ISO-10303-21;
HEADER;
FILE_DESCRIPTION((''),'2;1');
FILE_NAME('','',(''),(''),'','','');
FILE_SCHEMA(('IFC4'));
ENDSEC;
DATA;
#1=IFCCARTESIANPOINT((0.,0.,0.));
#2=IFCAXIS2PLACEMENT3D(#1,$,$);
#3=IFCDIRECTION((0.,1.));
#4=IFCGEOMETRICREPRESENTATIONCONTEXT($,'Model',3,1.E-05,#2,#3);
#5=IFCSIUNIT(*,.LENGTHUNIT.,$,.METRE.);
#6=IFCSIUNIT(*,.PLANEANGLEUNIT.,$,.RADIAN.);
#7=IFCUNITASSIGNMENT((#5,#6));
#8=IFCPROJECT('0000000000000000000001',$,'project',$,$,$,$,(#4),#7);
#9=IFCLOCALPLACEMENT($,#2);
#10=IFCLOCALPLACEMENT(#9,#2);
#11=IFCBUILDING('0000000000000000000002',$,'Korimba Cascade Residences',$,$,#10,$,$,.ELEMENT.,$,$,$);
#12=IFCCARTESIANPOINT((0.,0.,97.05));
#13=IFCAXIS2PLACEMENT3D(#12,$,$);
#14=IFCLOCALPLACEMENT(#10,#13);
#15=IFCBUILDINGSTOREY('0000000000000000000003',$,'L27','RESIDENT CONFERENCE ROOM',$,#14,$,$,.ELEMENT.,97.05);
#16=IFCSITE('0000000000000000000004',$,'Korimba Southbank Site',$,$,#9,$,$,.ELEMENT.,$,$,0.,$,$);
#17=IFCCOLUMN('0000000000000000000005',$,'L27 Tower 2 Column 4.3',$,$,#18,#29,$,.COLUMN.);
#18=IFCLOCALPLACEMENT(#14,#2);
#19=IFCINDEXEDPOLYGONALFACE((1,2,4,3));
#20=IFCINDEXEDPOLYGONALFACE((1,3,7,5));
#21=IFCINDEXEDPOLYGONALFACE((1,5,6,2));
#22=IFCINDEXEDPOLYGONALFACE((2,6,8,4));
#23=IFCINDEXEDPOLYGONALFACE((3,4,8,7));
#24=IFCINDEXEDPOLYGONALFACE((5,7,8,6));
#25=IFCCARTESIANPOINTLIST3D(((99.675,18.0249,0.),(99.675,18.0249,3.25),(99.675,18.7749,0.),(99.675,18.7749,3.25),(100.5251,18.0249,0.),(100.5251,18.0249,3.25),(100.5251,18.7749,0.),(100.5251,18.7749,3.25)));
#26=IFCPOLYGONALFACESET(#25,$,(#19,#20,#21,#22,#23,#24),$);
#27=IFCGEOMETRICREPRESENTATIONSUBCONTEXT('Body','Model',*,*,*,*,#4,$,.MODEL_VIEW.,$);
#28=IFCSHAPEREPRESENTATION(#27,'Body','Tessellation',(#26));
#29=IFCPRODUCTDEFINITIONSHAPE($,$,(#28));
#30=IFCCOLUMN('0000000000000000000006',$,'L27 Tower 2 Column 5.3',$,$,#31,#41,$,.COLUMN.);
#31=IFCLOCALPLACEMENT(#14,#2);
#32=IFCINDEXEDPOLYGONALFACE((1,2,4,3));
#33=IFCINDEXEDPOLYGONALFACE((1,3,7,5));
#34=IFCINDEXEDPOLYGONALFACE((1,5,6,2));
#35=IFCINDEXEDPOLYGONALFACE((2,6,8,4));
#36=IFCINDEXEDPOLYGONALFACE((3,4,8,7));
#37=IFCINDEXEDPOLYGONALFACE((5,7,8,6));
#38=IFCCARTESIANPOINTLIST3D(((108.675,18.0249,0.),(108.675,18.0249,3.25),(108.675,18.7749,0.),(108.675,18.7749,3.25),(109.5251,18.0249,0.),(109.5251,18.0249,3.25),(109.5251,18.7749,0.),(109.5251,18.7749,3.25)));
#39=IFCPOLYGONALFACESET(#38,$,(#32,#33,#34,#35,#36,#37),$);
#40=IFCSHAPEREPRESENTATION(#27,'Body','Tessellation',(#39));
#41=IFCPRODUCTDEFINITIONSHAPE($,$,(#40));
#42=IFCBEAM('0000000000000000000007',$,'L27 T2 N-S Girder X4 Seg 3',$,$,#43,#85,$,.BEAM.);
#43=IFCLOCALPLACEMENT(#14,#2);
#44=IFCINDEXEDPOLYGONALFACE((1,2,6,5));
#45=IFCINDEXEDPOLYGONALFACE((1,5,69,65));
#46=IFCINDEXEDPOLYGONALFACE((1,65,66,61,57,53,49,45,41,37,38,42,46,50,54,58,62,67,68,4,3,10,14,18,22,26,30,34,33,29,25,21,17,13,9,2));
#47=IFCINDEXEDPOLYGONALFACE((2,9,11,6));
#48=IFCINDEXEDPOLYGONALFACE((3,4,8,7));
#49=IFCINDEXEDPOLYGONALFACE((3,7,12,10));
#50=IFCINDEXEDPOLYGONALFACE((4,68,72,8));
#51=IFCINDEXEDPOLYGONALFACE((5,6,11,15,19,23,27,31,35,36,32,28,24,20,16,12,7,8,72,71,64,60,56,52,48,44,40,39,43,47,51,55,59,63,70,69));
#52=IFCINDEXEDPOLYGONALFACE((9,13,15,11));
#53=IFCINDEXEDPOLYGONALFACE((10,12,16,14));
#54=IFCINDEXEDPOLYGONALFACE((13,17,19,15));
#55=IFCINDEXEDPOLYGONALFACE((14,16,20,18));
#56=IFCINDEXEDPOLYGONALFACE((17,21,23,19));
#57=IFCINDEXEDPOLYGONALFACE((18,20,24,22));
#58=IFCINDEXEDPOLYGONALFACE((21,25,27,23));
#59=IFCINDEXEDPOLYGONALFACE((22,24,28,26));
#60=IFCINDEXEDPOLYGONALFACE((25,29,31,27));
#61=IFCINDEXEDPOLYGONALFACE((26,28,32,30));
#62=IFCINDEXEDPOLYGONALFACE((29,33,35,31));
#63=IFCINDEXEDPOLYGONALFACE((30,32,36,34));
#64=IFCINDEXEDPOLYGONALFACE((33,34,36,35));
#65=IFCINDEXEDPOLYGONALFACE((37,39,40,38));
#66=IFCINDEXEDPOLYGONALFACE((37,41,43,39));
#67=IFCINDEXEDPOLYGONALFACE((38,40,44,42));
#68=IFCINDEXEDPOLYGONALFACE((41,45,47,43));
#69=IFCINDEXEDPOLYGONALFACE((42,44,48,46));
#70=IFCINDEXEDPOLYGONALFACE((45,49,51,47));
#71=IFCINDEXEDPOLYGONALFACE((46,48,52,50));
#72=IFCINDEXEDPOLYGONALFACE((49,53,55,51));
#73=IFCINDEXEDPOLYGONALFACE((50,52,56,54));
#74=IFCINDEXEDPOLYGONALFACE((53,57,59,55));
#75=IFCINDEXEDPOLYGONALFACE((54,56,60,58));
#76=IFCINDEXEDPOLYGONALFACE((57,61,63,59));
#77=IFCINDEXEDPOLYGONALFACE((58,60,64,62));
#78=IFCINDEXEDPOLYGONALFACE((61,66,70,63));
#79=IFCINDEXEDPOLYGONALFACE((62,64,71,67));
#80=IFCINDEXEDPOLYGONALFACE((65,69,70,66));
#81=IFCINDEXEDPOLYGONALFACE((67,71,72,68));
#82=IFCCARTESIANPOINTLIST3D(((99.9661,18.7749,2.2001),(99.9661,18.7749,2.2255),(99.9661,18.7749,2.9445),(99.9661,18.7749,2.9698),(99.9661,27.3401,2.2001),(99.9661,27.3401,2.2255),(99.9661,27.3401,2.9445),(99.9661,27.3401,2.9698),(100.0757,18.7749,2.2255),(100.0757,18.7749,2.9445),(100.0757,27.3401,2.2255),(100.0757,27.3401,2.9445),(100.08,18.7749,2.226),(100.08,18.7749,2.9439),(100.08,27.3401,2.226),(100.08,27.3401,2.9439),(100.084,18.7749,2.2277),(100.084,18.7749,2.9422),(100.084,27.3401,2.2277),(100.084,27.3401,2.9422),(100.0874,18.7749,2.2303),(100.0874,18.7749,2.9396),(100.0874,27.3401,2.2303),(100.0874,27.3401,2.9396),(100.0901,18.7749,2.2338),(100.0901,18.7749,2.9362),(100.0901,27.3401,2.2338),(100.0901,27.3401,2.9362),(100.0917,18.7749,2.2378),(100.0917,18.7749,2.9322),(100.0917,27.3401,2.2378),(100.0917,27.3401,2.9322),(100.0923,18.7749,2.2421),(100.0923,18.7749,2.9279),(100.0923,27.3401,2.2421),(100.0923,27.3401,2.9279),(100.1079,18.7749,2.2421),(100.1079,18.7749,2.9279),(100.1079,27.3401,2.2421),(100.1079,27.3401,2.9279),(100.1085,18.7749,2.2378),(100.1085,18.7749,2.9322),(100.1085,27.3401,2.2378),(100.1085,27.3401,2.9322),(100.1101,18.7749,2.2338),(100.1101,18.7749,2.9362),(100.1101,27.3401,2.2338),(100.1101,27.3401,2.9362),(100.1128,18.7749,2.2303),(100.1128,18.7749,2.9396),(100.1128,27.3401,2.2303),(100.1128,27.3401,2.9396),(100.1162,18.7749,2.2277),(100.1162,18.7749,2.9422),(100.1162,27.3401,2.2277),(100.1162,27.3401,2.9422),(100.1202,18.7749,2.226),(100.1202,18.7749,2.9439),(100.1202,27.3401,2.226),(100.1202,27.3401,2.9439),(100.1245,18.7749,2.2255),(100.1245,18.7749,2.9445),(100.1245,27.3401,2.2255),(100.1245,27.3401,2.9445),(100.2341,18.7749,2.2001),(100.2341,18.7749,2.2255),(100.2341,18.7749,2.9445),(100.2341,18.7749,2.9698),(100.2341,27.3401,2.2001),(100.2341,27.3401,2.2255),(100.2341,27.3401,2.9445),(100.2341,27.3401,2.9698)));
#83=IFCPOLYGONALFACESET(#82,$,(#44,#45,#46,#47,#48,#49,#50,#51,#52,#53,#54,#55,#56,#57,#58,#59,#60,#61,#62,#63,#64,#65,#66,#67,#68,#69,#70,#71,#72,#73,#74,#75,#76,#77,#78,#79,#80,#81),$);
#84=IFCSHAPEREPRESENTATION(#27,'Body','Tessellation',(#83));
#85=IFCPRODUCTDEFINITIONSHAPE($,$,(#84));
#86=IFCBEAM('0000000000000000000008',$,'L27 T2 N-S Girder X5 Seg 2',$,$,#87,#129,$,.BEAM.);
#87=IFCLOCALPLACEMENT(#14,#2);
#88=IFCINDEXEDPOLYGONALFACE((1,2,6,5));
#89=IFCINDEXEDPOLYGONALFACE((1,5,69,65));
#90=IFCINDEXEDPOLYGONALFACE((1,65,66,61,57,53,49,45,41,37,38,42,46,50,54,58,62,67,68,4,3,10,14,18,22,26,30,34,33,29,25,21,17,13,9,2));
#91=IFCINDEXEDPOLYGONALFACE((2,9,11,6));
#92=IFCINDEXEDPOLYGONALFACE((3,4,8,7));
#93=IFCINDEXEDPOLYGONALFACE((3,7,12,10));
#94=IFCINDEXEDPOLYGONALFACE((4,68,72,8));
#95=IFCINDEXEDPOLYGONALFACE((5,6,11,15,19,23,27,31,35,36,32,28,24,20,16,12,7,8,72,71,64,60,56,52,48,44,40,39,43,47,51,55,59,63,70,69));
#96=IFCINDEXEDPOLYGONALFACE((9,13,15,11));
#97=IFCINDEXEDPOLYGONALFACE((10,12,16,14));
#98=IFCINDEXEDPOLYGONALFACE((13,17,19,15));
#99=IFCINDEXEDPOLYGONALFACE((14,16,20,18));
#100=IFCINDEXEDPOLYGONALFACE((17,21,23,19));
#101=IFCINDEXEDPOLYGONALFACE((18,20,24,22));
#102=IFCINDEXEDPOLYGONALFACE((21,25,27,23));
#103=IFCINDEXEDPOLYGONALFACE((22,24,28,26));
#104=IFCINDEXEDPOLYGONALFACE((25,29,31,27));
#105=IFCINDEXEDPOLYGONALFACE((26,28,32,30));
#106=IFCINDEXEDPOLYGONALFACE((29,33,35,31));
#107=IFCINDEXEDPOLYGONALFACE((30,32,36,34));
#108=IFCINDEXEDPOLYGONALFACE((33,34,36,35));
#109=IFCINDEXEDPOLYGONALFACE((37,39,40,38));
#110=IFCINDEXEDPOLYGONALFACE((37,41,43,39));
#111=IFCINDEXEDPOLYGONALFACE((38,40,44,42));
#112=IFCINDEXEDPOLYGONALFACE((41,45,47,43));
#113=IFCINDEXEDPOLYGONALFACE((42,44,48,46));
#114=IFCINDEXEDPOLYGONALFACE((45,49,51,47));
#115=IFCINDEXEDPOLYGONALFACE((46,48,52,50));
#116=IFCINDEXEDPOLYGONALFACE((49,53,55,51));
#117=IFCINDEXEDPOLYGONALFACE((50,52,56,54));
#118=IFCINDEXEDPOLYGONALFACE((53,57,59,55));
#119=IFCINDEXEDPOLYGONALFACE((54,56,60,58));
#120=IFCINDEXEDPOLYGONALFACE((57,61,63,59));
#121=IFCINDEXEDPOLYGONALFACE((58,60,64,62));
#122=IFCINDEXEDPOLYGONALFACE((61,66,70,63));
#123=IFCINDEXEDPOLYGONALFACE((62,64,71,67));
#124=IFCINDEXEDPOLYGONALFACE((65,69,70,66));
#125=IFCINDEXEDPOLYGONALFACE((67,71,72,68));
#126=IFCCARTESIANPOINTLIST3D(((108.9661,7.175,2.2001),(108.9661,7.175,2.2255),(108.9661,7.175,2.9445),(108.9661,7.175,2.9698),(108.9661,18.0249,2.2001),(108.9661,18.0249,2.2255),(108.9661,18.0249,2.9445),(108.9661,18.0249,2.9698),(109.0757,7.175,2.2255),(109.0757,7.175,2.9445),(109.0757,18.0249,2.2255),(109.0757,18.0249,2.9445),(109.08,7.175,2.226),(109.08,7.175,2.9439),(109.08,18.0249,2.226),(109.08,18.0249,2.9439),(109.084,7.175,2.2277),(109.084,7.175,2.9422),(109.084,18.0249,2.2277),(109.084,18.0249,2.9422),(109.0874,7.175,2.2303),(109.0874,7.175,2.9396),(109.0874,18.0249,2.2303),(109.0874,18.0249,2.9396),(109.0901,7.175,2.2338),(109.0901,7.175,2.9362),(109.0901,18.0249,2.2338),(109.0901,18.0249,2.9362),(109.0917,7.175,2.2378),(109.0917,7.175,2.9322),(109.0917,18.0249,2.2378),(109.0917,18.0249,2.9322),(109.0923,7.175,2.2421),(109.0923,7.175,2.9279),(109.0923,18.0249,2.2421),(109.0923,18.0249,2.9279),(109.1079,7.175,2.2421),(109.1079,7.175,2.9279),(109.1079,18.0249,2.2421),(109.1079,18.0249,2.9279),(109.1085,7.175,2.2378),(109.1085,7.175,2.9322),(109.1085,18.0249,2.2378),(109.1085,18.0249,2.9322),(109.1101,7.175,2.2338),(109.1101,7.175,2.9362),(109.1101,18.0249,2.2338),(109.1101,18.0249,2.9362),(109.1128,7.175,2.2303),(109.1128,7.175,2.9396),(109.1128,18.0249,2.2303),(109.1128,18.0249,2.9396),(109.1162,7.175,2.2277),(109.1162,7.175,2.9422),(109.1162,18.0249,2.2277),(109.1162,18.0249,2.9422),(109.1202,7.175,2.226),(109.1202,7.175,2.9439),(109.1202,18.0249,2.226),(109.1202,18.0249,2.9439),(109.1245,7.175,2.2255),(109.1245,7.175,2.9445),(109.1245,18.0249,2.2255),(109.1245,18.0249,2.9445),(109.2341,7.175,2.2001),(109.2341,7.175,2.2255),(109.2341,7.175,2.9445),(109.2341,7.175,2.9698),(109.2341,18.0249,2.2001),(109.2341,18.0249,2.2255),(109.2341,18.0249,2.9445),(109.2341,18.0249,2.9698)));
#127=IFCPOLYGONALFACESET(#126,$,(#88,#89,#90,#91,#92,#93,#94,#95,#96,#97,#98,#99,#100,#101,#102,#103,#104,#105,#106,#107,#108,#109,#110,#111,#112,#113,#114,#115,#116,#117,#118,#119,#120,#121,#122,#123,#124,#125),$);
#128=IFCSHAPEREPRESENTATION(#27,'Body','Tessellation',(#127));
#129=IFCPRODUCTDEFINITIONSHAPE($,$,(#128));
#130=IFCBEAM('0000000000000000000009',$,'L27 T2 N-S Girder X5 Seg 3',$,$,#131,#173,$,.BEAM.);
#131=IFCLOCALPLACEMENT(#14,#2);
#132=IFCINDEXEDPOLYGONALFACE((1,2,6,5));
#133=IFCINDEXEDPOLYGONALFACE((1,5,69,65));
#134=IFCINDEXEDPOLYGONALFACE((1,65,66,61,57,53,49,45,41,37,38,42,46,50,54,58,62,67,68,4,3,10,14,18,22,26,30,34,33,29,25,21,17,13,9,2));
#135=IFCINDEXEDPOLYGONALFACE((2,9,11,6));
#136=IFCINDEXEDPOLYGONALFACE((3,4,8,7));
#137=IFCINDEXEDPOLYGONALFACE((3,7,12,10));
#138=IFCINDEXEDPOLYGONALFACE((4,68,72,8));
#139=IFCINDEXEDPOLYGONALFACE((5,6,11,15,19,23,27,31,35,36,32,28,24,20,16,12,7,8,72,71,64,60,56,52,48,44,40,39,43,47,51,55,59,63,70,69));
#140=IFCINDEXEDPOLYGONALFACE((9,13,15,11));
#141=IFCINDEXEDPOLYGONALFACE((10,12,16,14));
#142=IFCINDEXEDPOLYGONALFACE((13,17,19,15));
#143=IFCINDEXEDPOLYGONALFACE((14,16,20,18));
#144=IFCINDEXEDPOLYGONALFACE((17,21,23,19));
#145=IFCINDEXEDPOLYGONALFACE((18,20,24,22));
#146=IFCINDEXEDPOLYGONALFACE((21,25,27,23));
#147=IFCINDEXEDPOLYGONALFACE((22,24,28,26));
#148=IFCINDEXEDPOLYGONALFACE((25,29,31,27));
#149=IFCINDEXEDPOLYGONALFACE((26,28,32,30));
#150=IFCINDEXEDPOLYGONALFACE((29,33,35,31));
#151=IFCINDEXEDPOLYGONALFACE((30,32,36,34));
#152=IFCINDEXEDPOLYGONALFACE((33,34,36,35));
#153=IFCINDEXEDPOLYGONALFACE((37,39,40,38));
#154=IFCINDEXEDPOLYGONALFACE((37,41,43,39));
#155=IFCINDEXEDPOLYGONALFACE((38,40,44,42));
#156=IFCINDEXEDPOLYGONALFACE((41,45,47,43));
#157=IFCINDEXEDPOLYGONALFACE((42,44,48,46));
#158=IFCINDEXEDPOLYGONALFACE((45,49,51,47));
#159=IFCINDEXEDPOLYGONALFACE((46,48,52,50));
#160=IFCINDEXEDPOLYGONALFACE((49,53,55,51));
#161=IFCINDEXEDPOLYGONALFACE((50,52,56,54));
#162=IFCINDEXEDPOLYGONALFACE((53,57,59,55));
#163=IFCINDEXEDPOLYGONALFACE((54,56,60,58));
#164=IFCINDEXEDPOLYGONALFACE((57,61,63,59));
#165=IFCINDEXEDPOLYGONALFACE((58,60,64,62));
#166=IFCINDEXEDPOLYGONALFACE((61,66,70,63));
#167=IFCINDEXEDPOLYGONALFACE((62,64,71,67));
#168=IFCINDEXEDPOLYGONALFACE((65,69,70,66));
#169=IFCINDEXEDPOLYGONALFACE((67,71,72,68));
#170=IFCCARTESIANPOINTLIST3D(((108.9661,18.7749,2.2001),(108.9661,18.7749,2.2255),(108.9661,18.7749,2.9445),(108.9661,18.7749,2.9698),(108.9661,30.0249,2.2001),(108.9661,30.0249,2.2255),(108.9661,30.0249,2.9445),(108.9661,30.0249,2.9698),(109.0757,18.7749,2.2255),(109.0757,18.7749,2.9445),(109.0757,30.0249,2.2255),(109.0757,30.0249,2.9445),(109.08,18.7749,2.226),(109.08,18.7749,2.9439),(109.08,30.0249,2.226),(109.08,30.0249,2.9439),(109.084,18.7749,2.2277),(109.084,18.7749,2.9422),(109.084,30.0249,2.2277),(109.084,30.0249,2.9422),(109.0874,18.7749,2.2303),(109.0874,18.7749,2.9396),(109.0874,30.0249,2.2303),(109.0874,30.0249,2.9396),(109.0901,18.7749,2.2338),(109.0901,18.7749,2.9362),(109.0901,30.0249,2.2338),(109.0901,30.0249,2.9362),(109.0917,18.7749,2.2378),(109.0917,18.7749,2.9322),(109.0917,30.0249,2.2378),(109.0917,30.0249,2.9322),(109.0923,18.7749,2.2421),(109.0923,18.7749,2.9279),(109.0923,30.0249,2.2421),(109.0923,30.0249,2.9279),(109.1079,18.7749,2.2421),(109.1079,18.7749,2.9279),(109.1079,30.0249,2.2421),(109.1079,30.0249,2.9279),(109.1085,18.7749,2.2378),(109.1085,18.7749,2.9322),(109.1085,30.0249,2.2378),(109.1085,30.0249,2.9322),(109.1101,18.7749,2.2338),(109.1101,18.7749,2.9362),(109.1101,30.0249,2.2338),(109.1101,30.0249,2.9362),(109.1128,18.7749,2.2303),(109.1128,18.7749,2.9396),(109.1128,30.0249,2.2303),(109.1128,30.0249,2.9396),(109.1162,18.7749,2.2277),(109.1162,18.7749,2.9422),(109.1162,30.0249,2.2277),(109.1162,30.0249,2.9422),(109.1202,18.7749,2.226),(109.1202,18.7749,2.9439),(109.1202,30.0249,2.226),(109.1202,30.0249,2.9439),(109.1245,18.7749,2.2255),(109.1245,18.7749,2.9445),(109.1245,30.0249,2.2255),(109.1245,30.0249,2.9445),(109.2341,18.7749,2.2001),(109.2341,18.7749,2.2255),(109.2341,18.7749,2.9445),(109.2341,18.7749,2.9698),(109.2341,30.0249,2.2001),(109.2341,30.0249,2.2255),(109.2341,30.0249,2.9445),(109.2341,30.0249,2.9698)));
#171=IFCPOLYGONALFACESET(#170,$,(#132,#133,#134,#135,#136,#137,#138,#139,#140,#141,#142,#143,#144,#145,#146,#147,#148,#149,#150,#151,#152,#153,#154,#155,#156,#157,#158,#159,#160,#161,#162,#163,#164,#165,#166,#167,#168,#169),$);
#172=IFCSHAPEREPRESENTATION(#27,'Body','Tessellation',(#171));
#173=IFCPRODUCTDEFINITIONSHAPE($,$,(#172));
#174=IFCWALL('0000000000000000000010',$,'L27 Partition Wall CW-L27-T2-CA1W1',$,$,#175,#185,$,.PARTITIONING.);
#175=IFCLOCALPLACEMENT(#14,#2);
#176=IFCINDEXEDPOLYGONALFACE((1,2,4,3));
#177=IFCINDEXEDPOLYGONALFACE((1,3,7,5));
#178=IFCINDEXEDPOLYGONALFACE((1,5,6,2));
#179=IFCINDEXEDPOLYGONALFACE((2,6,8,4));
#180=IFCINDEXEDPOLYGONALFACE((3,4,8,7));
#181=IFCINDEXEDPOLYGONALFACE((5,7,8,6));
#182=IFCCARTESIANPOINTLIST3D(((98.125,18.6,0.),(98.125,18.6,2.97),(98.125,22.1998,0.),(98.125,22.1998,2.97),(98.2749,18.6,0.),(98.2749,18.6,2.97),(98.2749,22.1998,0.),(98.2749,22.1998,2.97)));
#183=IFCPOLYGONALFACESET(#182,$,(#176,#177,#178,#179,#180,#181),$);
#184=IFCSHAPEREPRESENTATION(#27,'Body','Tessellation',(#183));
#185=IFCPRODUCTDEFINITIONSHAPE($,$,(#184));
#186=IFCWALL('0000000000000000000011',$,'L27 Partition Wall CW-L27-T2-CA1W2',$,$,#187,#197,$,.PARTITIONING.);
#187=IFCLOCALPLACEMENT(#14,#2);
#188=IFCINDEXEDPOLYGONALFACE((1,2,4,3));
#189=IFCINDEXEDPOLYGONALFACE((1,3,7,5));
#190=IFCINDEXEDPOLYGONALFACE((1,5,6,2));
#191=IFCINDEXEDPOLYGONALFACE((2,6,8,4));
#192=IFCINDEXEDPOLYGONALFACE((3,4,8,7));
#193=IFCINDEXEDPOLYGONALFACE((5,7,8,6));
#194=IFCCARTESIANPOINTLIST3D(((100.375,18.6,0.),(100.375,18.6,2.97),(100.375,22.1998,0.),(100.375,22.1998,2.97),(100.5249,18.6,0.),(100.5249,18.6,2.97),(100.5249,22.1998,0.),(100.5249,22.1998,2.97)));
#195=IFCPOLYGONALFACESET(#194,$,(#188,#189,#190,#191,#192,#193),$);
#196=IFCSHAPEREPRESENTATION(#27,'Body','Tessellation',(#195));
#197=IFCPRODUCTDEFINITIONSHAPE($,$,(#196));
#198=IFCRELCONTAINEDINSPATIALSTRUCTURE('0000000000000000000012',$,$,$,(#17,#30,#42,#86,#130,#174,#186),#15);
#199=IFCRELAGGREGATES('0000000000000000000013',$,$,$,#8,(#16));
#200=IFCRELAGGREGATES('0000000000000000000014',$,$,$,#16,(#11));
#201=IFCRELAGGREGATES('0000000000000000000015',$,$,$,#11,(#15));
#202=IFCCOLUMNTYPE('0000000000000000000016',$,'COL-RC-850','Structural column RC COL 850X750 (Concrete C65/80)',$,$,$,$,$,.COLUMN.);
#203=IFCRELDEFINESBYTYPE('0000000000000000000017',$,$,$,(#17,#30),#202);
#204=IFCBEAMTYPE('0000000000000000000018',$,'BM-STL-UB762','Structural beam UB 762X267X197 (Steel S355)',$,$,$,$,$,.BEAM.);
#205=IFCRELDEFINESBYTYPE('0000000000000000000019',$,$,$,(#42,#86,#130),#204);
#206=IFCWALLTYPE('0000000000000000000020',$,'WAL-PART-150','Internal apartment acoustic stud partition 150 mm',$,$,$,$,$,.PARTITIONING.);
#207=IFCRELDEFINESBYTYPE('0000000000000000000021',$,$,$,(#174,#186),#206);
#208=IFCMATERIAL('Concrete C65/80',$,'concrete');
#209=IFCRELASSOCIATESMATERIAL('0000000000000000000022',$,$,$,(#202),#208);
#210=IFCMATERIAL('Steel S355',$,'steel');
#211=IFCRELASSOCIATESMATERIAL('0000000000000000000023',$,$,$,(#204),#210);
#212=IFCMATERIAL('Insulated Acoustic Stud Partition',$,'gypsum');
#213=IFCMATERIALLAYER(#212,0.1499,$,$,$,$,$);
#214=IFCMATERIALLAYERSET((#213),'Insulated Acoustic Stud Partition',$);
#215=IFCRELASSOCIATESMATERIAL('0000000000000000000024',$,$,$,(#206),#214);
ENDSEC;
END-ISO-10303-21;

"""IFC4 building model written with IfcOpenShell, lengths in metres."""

from ifc_helpers import new_model, si_unit, direction, frame, frame_2d, origin, origin_2d, place, context, subcontext, project, spatial, rectangle, i_section, extrude, material, layer, layer_set, material_profile, profile_set, type_object, element, save


model = new_model("IFC4")

# Units and contexts
model_context = context("Model", 3, precision=1e-05, world=origin(), true_north=direction((0.0, 1.0)))
body_context = subcontext(model_context, "Body", "Model", "MODEL_VIEW")
ifc_project = project(units=[si_unit("LENGTHUNIT", "METRE"), si_unit("PLANEANGLEUNIT", "RADIAN")], contexts=[model_context])

# Site, building, storey
site_placement = place(None, origin())
site = spatial("IfcSite", under=ifc_project, at=site_placement, Name="Korimba Southbank Site", CompositionType="ELEMENT", RefElevation=0.0)
building_placement = place(site_placement, origin())
building = spatial("IfcBuilding", under=site, at=building_placement, Name="Korimba Cascade Residences", CompositionType="ELEMENT")
storey_placement = place(building_placement, frame((0.0, 0.0, 97.05)))
storey = spatial("IfcBuildingStorey", under=building, at=storey_placement, Name="L27", Description="RESIDENT CONFERENCE ROOM", CompositionType="ELEMENT", Elevation=97.05)

# Columns
ifc_material_1 = material(Name="Concrete C65/80", Category="concrete")
ifc_material_profile_1 = material_profile(ifc_material_1, rectangle(XDim=0.8501, YDim=0.75, at=origin_2d()), Name="Concrete C65/80")
ifc_profile_set_1 = profile_set([ifc_material_profile_1], Name="Concrete C65/80")
column_type = type_object("IfcColumnType", Name="COL-RC-850", Description="Structural column RC COL 850X750 (Concrete C65/80)", PredefinedType="COLUMN", material=ifc_profile_set_1)
for number, where, z_axis, x_axis, name in (
    (1, (100.1001, 18.3999, 0.0), (0.0, 0.0, 1.0), (1.0, 0.0, 0.0), "L27 Tower 2 Column 4.3"),
    (2, (109.1001, 18.3999, 0.0), (0.0, 0.0, 1.0), (1.0, 0.0, 0.0), "L27 Tower 2 Column 5.3"),
):
    element("IfcColumn", number, at=place(storey_placement, frame(where, z_axis=z_axis, x_axis=x_axis)), inside=storey, type_object=column_type, Name=name, PredefinedType="COLUMN", context=body_context, shape_type="SweptSolid", body=[
        extrude(rectangle(XDim=0.8501, YDim=0.75, at=origin_2d()), origin(), (0.0, 0.0, 1.0), 3.25),
    ])

# Beams
ifc_material_2 = material(Name="Steel S355", Category="steel")
ifc_material_profile_2 = material_profile(ifc_material_2, i_section(OverallWidth=0.2681, OverallDepth=0.7698, WebThickness=0.0156, FlangeThickness=0.0254, FilletRadius=0.0166, at=origin_2d()), Name="Steel S355")
ifc_profile_set_2 = profile_set([ifc_material_profile_2], Name="Steel S355")
beam_type = type_object("IfcBeamType", Name="BM-STL-UB762", Description="Structural beam UB 762X267X197 (Steel S355)", PredefinedType="BEAM", material=ifc_profile_set_2)
beam_1_placement = place(storey_placement, frame((100.1001, 18.7749, 2.585), z_axis=(0.0, 1.0, 0.0), x_axis=(-1.0, 0.0, 0.0)))
element("IfcBeam", 3, at=beam_1_placement, inside=storey, type_object=beam_type, Name="L27 T2 N-S Girder X4 Seg 3", PredefinedType="BEAM", context=body_context, shape_type="SweptSolid", body=[
    extrude(i_section(OverallWidth=0.2681, OverallDepth=0.7698, WebThickness=0.0156, FlangeThickness=0.0254, FilletRadius=0.0166, at=origin_2d()), origin(), (0.0, 0.0, 1.0), 8.5652),
])
beam_2_placement = place(storey_placement, frame((109.1001, 7.175, 2.585), z_axis=(0.0, 1.0, 0.0), x_axis=(-1.0, 0.0, 0.0)))
element("IfcBeam", 4, at=beam_2_placement, inside=storey, type_object=beam_type, Name="L27 T2 N-S Girder X5 Seg 2", PredefinedType="BEAM", context=body_context, shape_type="SweptSolid", body=[
    extrude(i_section(OverallWidth=0.2681, OverallDepth=0.7698, WebThickness=0.0156, FlangeThickness=0.0254, FilletRadius=0.0166, at=origin_2d()), origin(), (0.0, 0.0, 1.0), 10.8499),
])
beam_3_placement = place(storey_placement, frame((109.1001, 18.7749, 2.585), z_axis=(0.0, 1.0, 0.0), x_axis=(-1.0, 0.0, 0.0)))
element("IfcBeam", 5, at=beam_3_placement, inside=storey, type_object=beam_type, Name="L27 T2 N-S Girder X5 Seg 3", PredefinedType="BEAM", context=body_context, shape_type="SweptSolid", body=[
    extrude(i_section(OverallWidth=0.2681, OverallDepth=0.7698, WebThickness=0.0156, FlangeThickness=0.0254, FilletRadius=0.0166, at=origin_2d()), origin(), (0.0, 0.0, 1.0), 11.25),
])

# Walls
ifc_material_3 = material(Name="Insulated Acoustic Stud Partition", Category="gypsum")
ifc_layer_1 = layer(ifc_material_3, 0.1499)
ifc_layer_set_1 = layer_set([ifc_layer_1], Name="Insulated Acoustic Stud Partition")
wall_type_1 = type_object("IfcWallType", Name="WAL-PART-150", Description="Internal apartment acoustic stud partition 150 mm", PredefinedType="PARTITIONING", material=ifc_layer_set_1)
for number, where, z_axis, x_axis, name in (
    (6, (98.2, 18.6001, 0.0), (0.0, 0.0, 1.0), (0.0, 1.0, 0.0), "L27 Partition Wall CW-L27-T2-CA1W1"),
    (7, (100.45, 18.6001, 0.0), (0.0, 0.0, 1.0), (0.0, 1.0, 0.0), "L27 Partition Wall CW-L27-T2-CA1W2"),
):
    element("IfcWall", number, at=place(storey_placement, frame(where, z_axis=z_axis, x_axis=x_axis)), inside=storey, type_object=wall_type_1, Name=name, PredefinedType="PARTITIONING", context=body_context, shape_type="SweptSolid", body=[
        extrude(rectangle(XDim=3.5999, YDim=0.1499, at=frame_2d((1.7998, 0.0))), origin(), (0.0, 0.0, 1.0), 2.97),
    ])

save(model, "model.ifc")
